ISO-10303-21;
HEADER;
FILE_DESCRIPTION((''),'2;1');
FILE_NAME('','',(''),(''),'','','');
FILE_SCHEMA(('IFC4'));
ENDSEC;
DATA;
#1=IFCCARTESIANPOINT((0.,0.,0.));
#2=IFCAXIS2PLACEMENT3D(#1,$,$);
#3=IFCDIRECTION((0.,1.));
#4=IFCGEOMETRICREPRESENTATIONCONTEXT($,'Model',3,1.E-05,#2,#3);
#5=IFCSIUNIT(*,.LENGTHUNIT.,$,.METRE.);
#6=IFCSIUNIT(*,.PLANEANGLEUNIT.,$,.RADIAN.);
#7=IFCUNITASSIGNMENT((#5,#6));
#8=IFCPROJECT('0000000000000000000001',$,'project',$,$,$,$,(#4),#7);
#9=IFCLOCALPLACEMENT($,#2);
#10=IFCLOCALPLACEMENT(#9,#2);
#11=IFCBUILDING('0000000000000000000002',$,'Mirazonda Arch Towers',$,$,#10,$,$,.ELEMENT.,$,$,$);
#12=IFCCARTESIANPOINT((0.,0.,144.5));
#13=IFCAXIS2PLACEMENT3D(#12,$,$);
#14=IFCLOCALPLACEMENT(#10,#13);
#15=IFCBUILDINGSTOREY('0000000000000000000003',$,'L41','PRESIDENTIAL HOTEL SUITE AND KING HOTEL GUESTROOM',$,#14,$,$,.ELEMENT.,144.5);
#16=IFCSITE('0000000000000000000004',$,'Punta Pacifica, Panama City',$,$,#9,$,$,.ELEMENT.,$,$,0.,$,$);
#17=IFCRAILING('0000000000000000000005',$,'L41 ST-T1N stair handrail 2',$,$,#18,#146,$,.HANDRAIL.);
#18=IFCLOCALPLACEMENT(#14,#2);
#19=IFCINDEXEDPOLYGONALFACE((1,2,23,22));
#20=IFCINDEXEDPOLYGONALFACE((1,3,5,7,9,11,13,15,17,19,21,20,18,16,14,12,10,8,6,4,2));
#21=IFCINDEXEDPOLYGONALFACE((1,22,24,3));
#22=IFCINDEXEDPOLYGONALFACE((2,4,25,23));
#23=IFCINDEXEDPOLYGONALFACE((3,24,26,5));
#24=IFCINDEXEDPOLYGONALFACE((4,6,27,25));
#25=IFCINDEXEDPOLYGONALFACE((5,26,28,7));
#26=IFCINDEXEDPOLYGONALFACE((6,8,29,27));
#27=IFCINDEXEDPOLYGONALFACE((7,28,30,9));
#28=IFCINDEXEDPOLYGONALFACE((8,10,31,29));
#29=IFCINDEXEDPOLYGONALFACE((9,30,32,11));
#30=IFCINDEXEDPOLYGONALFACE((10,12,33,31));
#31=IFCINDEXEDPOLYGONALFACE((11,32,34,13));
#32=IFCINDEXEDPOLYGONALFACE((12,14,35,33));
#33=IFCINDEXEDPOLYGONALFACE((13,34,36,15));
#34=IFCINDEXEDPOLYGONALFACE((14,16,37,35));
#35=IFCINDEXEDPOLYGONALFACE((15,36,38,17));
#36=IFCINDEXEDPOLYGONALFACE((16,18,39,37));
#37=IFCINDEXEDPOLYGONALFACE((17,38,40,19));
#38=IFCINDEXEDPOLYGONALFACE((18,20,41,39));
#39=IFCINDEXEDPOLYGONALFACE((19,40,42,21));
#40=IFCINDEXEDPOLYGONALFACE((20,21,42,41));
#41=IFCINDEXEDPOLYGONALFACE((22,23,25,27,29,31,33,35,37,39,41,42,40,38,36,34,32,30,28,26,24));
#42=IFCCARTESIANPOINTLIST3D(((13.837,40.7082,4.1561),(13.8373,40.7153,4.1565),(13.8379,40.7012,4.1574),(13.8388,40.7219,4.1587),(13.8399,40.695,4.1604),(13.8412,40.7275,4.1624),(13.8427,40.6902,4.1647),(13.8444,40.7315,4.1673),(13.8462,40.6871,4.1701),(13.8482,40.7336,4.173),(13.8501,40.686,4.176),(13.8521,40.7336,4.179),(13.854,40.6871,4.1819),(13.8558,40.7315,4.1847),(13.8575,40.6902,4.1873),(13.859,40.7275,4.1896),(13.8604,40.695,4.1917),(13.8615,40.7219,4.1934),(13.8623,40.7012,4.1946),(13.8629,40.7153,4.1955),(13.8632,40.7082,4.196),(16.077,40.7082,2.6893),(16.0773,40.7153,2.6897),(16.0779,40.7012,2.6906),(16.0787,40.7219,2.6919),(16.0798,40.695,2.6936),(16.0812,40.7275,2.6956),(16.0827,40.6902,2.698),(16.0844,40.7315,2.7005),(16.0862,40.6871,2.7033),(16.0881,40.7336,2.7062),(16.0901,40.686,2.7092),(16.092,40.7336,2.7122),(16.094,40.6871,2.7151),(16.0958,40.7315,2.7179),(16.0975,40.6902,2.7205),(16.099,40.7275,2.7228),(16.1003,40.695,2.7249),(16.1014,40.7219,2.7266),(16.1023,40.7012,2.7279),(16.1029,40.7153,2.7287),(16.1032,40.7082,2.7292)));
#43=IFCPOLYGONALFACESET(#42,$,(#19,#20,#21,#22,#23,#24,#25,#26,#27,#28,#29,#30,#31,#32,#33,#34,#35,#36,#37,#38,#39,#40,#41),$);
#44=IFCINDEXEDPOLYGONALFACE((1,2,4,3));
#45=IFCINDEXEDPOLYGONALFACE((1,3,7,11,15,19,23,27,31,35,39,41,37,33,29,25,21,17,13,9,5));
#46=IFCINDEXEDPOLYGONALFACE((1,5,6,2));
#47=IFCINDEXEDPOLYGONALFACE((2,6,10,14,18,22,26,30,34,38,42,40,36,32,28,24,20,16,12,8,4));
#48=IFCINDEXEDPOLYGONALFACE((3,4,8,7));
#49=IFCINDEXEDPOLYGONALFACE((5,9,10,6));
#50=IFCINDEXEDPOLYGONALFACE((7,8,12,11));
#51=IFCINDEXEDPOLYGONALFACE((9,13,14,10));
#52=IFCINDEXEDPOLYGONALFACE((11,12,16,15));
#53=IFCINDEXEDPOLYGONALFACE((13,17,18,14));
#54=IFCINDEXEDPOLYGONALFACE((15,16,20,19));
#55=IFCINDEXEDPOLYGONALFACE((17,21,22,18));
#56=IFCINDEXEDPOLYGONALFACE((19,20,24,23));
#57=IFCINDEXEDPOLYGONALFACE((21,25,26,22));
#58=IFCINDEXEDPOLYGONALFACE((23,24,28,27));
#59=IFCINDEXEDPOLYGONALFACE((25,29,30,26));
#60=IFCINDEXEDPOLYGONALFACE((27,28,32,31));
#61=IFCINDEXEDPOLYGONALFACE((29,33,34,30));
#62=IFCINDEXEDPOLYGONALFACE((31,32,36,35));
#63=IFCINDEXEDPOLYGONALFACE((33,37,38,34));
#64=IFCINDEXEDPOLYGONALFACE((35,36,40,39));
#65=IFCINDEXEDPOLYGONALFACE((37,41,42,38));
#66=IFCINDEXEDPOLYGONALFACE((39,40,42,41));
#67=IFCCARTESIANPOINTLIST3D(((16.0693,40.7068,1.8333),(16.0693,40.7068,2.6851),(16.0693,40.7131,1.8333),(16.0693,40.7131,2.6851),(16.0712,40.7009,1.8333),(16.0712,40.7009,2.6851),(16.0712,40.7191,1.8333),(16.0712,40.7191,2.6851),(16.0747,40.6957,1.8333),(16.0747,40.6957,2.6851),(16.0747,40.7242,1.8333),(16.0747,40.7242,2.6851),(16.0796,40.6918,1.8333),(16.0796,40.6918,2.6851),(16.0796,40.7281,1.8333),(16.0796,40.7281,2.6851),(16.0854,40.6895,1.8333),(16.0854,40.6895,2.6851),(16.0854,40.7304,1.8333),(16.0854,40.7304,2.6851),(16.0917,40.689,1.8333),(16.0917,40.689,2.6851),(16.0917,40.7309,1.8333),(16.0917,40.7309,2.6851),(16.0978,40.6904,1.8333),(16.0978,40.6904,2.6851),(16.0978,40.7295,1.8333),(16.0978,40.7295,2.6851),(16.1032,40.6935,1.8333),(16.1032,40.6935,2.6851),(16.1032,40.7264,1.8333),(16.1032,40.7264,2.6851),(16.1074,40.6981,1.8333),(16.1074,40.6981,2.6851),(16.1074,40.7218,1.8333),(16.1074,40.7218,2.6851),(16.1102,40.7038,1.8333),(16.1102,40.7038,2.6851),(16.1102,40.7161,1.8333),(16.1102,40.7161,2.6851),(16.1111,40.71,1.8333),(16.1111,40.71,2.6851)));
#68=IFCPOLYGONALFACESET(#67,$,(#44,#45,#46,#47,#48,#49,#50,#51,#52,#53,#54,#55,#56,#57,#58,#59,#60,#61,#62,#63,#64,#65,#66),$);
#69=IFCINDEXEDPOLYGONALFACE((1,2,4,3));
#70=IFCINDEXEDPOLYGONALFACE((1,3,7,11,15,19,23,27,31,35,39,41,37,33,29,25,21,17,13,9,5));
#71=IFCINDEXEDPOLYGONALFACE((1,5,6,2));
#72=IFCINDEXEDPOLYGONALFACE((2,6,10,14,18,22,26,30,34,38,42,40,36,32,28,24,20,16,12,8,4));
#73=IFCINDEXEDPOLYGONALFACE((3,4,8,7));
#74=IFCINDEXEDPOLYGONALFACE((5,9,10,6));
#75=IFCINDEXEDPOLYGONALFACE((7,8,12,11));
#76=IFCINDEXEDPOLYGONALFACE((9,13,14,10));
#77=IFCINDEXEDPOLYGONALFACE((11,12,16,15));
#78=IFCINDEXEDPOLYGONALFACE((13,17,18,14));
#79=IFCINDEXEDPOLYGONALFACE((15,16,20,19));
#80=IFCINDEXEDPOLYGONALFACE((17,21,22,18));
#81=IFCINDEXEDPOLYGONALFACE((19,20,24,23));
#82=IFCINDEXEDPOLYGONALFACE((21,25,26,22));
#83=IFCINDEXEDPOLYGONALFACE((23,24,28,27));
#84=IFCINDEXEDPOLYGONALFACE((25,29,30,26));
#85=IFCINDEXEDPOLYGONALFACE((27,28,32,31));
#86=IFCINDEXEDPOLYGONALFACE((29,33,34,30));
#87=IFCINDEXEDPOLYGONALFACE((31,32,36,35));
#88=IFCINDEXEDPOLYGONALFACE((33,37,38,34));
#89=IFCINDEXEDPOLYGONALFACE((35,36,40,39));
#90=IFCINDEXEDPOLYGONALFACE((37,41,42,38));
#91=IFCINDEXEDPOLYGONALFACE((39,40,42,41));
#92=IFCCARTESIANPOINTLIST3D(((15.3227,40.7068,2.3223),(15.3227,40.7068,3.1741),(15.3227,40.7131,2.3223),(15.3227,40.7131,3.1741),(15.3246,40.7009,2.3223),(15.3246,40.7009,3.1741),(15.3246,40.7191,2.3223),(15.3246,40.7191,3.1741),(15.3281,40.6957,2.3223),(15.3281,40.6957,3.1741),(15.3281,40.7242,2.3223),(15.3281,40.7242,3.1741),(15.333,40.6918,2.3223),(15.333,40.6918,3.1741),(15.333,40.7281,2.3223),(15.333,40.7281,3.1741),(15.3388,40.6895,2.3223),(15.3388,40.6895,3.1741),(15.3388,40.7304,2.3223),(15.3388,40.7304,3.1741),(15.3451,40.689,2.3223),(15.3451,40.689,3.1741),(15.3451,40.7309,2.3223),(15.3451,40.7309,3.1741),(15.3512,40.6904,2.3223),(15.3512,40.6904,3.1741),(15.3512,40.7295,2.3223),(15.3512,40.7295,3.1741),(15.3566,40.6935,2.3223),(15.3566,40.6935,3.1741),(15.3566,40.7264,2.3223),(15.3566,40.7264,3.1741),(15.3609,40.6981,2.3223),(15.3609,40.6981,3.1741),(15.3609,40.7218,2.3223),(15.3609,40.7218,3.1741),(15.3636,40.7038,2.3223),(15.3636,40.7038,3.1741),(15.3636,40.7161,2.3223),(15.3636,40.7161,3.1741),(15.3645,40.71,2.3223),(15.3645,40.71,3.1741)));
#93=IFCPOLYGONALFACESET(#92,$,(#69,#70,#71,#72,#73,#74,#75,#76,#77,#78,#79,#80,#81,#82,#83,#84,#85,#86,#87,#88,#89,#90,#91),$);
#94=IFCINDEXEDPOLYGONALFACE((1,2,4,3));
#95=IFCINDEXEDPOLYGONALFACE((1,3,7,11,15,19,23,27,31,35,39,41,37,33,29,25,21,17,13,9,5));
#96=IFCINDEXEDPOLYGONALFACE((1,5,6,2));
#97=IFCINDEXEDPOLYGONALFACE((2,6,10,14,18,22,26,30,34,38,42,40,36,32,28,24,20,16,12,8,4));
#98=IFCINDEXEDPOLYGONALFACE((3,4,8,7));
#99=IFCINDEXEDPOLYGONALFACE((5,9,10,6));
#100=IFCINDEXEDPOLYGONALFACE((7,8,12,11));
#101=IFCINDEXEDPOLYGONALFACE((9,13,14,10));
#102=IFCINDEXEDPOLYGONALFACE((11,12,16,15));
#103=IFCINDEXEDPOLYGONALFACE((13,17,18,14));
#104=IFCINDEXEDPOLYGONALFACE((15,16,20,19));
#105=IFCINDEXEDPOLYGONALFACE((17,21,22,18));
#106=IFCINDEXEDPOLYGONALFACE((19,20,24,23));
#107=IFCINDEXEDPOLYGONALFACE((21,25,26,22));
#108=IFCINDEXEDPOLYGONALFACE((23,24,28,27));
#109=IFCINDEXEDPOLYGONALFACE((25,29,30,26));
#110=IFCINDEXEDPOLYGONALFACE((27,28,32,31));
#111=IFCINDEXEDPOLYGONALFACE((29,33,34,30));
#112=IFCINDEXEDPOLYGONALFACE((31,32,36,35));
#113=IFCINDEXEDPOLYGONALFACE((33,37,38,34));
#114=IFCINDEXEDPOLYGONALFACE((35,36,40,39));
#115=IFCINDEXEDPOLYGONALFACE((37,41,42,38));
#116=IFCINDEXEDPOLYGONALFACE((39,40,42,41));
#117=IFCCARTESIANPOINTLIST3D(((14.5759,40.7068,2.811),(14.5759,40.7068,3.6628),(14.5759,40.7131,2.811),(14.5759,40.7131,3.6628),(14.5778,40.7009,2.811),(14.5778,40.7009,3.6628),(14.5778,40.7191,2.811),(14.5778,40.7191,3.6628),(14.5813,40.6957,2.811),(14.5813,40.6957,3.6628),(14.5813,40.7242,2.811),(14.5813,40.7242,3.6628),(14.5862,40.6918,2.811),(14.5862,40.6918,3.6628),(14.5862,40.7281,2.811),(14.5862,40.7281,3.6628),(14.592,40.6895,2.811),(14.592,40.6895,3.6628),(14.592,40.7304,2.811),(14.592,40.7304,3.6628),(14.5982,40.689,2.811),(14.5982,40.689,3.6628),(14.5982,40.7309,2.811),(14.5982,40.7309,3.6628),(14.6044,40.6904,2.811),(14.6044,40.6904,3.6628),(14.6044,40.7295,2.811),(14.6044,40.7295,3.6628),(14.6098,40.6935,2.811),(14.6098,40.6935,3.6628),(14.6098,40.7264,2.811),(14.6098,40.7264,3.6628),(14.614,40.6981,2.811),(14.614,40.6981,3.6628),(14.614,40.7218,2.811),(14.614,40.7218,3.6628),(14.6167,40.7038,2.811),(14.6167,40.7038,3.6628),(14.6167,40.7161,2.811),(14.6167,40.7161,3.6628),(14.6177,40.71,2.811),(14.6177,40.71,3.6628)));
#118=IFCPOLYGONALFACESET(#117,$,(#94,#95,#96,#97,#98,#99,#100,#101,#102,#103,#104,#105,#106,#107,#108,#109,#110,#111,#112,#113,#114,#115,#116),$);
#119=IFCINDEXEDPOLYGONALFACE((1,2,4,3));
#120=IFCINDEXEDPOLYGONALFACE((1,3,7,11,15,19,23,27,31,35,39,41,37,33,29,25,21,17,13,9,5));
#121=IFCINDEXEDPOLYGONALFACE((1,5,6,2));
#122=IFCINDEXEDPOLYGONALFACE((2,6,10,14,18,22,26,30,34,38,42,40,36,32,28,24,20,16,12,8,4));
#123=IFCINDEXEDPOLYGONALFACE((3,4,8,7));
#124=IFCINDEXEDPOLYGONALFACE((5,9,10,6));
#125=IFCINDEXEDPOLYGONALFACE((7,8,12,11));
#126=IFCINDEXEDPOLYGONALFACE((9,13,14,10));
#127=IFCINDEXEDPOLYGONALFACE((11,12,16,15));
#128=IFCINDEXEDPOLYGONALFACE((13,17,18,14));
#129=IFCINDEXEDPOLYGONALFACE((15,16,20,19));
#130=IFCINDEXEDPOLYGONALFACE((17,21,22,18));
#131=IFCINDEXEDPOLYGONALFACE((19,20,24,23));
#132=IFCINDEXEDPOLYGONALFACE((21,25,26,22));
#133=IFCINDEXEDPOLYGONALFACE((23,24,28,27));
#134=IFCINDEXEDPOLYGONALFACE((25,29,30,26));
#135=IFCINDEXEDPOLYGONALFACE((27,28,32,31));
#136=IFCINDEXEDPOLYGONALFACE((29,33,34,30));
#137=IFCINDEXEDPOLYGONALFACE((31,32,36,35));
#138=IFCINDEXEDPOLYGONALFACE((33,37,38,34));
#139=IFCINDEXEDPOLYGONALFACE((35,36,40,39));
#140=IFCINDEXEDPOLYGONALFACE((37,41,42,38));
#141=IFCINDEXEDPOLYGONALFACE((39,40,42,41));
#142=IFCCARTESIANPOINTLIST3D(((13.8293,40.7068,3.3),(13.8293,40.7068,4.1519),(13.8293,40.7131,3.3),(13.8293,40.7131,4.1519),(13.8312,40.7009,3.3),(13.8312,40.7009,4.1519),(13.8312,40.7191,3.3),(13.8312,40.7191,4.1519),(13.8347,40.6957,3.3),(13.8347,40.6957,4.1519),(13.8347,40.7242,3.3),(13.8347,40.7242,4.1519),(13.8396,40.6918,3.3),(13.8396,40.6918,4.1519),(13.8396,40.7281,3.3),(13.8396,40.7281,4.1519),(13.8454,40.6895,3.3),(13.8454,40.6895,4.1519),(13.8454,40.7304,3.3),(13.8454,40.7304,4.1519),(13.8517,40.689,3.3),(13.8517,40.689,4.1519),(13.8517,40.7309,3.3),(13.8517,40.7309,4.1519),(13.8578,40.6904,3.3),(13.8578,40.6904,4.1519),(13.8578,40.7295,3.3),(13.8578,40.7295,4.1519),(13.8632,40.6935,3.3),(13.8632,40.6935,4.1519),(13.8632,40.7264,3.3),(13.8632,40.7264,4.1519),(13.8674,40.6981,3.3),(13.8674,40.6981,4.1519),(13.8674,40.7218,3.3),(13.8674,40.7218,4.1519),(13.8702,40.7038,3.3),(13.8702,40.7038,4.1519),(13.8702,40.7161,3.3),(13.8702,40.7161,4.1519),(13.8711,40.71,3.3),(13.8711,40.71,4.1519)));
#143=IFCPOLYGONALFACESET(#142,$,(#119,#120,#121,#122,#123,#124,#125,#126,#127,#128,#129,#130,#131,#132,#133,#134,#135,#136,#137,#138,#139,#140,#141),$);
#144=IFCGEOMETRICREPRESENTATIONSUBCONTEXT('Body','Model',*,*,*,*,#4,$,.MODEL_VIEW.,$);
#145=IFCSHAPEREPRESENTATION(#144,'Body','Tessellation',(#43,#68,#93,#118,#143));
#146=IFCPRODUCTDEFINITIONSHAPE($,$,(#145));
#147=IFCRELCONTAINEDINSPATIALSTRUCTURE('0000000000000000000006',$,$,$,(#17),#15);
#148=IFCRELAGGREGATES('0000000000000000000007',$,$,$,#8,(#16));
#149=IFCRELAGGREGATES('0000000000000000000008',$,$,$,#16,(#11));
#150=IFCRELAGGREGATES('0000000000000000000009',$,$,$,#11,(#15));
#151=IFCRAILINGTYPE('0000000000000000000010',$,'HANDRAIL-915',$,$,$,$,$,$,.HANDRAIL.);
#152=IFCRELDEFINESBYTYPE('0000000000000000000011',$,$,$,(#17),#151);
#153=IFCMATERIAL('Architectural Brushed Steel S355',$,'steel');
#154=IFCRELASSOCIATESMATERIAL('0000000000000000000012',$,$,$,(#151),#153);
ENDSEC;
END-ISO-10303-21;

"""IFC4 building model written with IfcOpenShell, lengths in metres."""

from ifc_helpers import new_model, si_unit, direction, frame, origin, origin_2d, place, context, subcontext, project, spatial, circle, extrude, material, type_object, element, save


model = new_model("IFC4")

# Units and contexts
model_context = context("Model", 3, precision=1e-05, world=origin(), true_north=direction((0.0, 1.0)))
body_context = subcontext(model_context, "Body", "Model", "MODEL_VIEW")
ifc_project = project(units=[si_unit("LENGTHUNIT", "METRE"), si_unit("PLANEANGLEUNIT", "RADIAN")], contexts=[model_context])

# Site, building, storey
site_placement = place(None, origin())
site = spatial("IfcSite", under=ifc_project, at=site_placement, Name="Punta Pacifica, Panama City", CompositionType="ELEMENT", RefElevation=0.0)
building_placement = place(site_placement, origin())
building = spatial("IfcBuilding", under=site, at=building_placement, Name="Mirazonda Arch Towers", CompositionType="ELEMENT")
storey_placement = place(building_placement, frame((0.0, 0.0, 144.5)))
storey = spatial("IfcBuildingStorey", under=building, at=storey_placement, Name="L41", Description="PRESIDENTIAL HOTEL SUITE AND KING HOTEL GUESTROOM", CompositionType="ELEMENT", Elevation=144.5)

# Shared definitions
ifc_material_1 = material(Name="Architectural Brushed Steel S355", Category="steel")

# Railing
railing_type_1 = type_object("IfcRailingType", Name="HANDRAIL-915", PredefinedType="HANDRAIL", material=ifc_material_1)
railing_1_placement = place(storey_placement, frame((16.0901, 40.71, 1.8333)))
element("IfcRailing", 1, at=railing_1_placement, inside=storey, type_object=railing_type_1, Name="L41 ST-T1N stair handrail 2", PredefinedType="HANDRAIL", context=body_context, shape_type="SweptSolid", body=[
    extrude(circle(Radius=0.0239, at=origin_2d()), frame((0.0, 0.0, 0.876), z_axis=(-0.836595, 0.0, 0.547822), x_axis=(0.0, -1.0, 0.0)), (0.0, 0.0, 1.0), 2.6775),
    extrude(circle(Radius=0.021, at=origin_2d()), origin(), (0.0, 0.0, 1.0), 0.8518),
    extrude(circle(Radius=0.021, at=origin_2d()), frame((-0.7466, 0.0, 0.489)), (0.0, 0.0, 1.0), 0.8518),
    extrude(circle(Radius=0.021, at=origin_2d()), frame((-1.4934, 0.0, 0.9778)), (0.0, 0.0, 1.0), 0.8518),
    extrude(circle(Radius=0.021, at=origin_2d()), frame((-2.24, 0.0, 1.4668)), (0.0, 0.0, 1.0), 0.8518),
])

save(model, "model.ifc")
